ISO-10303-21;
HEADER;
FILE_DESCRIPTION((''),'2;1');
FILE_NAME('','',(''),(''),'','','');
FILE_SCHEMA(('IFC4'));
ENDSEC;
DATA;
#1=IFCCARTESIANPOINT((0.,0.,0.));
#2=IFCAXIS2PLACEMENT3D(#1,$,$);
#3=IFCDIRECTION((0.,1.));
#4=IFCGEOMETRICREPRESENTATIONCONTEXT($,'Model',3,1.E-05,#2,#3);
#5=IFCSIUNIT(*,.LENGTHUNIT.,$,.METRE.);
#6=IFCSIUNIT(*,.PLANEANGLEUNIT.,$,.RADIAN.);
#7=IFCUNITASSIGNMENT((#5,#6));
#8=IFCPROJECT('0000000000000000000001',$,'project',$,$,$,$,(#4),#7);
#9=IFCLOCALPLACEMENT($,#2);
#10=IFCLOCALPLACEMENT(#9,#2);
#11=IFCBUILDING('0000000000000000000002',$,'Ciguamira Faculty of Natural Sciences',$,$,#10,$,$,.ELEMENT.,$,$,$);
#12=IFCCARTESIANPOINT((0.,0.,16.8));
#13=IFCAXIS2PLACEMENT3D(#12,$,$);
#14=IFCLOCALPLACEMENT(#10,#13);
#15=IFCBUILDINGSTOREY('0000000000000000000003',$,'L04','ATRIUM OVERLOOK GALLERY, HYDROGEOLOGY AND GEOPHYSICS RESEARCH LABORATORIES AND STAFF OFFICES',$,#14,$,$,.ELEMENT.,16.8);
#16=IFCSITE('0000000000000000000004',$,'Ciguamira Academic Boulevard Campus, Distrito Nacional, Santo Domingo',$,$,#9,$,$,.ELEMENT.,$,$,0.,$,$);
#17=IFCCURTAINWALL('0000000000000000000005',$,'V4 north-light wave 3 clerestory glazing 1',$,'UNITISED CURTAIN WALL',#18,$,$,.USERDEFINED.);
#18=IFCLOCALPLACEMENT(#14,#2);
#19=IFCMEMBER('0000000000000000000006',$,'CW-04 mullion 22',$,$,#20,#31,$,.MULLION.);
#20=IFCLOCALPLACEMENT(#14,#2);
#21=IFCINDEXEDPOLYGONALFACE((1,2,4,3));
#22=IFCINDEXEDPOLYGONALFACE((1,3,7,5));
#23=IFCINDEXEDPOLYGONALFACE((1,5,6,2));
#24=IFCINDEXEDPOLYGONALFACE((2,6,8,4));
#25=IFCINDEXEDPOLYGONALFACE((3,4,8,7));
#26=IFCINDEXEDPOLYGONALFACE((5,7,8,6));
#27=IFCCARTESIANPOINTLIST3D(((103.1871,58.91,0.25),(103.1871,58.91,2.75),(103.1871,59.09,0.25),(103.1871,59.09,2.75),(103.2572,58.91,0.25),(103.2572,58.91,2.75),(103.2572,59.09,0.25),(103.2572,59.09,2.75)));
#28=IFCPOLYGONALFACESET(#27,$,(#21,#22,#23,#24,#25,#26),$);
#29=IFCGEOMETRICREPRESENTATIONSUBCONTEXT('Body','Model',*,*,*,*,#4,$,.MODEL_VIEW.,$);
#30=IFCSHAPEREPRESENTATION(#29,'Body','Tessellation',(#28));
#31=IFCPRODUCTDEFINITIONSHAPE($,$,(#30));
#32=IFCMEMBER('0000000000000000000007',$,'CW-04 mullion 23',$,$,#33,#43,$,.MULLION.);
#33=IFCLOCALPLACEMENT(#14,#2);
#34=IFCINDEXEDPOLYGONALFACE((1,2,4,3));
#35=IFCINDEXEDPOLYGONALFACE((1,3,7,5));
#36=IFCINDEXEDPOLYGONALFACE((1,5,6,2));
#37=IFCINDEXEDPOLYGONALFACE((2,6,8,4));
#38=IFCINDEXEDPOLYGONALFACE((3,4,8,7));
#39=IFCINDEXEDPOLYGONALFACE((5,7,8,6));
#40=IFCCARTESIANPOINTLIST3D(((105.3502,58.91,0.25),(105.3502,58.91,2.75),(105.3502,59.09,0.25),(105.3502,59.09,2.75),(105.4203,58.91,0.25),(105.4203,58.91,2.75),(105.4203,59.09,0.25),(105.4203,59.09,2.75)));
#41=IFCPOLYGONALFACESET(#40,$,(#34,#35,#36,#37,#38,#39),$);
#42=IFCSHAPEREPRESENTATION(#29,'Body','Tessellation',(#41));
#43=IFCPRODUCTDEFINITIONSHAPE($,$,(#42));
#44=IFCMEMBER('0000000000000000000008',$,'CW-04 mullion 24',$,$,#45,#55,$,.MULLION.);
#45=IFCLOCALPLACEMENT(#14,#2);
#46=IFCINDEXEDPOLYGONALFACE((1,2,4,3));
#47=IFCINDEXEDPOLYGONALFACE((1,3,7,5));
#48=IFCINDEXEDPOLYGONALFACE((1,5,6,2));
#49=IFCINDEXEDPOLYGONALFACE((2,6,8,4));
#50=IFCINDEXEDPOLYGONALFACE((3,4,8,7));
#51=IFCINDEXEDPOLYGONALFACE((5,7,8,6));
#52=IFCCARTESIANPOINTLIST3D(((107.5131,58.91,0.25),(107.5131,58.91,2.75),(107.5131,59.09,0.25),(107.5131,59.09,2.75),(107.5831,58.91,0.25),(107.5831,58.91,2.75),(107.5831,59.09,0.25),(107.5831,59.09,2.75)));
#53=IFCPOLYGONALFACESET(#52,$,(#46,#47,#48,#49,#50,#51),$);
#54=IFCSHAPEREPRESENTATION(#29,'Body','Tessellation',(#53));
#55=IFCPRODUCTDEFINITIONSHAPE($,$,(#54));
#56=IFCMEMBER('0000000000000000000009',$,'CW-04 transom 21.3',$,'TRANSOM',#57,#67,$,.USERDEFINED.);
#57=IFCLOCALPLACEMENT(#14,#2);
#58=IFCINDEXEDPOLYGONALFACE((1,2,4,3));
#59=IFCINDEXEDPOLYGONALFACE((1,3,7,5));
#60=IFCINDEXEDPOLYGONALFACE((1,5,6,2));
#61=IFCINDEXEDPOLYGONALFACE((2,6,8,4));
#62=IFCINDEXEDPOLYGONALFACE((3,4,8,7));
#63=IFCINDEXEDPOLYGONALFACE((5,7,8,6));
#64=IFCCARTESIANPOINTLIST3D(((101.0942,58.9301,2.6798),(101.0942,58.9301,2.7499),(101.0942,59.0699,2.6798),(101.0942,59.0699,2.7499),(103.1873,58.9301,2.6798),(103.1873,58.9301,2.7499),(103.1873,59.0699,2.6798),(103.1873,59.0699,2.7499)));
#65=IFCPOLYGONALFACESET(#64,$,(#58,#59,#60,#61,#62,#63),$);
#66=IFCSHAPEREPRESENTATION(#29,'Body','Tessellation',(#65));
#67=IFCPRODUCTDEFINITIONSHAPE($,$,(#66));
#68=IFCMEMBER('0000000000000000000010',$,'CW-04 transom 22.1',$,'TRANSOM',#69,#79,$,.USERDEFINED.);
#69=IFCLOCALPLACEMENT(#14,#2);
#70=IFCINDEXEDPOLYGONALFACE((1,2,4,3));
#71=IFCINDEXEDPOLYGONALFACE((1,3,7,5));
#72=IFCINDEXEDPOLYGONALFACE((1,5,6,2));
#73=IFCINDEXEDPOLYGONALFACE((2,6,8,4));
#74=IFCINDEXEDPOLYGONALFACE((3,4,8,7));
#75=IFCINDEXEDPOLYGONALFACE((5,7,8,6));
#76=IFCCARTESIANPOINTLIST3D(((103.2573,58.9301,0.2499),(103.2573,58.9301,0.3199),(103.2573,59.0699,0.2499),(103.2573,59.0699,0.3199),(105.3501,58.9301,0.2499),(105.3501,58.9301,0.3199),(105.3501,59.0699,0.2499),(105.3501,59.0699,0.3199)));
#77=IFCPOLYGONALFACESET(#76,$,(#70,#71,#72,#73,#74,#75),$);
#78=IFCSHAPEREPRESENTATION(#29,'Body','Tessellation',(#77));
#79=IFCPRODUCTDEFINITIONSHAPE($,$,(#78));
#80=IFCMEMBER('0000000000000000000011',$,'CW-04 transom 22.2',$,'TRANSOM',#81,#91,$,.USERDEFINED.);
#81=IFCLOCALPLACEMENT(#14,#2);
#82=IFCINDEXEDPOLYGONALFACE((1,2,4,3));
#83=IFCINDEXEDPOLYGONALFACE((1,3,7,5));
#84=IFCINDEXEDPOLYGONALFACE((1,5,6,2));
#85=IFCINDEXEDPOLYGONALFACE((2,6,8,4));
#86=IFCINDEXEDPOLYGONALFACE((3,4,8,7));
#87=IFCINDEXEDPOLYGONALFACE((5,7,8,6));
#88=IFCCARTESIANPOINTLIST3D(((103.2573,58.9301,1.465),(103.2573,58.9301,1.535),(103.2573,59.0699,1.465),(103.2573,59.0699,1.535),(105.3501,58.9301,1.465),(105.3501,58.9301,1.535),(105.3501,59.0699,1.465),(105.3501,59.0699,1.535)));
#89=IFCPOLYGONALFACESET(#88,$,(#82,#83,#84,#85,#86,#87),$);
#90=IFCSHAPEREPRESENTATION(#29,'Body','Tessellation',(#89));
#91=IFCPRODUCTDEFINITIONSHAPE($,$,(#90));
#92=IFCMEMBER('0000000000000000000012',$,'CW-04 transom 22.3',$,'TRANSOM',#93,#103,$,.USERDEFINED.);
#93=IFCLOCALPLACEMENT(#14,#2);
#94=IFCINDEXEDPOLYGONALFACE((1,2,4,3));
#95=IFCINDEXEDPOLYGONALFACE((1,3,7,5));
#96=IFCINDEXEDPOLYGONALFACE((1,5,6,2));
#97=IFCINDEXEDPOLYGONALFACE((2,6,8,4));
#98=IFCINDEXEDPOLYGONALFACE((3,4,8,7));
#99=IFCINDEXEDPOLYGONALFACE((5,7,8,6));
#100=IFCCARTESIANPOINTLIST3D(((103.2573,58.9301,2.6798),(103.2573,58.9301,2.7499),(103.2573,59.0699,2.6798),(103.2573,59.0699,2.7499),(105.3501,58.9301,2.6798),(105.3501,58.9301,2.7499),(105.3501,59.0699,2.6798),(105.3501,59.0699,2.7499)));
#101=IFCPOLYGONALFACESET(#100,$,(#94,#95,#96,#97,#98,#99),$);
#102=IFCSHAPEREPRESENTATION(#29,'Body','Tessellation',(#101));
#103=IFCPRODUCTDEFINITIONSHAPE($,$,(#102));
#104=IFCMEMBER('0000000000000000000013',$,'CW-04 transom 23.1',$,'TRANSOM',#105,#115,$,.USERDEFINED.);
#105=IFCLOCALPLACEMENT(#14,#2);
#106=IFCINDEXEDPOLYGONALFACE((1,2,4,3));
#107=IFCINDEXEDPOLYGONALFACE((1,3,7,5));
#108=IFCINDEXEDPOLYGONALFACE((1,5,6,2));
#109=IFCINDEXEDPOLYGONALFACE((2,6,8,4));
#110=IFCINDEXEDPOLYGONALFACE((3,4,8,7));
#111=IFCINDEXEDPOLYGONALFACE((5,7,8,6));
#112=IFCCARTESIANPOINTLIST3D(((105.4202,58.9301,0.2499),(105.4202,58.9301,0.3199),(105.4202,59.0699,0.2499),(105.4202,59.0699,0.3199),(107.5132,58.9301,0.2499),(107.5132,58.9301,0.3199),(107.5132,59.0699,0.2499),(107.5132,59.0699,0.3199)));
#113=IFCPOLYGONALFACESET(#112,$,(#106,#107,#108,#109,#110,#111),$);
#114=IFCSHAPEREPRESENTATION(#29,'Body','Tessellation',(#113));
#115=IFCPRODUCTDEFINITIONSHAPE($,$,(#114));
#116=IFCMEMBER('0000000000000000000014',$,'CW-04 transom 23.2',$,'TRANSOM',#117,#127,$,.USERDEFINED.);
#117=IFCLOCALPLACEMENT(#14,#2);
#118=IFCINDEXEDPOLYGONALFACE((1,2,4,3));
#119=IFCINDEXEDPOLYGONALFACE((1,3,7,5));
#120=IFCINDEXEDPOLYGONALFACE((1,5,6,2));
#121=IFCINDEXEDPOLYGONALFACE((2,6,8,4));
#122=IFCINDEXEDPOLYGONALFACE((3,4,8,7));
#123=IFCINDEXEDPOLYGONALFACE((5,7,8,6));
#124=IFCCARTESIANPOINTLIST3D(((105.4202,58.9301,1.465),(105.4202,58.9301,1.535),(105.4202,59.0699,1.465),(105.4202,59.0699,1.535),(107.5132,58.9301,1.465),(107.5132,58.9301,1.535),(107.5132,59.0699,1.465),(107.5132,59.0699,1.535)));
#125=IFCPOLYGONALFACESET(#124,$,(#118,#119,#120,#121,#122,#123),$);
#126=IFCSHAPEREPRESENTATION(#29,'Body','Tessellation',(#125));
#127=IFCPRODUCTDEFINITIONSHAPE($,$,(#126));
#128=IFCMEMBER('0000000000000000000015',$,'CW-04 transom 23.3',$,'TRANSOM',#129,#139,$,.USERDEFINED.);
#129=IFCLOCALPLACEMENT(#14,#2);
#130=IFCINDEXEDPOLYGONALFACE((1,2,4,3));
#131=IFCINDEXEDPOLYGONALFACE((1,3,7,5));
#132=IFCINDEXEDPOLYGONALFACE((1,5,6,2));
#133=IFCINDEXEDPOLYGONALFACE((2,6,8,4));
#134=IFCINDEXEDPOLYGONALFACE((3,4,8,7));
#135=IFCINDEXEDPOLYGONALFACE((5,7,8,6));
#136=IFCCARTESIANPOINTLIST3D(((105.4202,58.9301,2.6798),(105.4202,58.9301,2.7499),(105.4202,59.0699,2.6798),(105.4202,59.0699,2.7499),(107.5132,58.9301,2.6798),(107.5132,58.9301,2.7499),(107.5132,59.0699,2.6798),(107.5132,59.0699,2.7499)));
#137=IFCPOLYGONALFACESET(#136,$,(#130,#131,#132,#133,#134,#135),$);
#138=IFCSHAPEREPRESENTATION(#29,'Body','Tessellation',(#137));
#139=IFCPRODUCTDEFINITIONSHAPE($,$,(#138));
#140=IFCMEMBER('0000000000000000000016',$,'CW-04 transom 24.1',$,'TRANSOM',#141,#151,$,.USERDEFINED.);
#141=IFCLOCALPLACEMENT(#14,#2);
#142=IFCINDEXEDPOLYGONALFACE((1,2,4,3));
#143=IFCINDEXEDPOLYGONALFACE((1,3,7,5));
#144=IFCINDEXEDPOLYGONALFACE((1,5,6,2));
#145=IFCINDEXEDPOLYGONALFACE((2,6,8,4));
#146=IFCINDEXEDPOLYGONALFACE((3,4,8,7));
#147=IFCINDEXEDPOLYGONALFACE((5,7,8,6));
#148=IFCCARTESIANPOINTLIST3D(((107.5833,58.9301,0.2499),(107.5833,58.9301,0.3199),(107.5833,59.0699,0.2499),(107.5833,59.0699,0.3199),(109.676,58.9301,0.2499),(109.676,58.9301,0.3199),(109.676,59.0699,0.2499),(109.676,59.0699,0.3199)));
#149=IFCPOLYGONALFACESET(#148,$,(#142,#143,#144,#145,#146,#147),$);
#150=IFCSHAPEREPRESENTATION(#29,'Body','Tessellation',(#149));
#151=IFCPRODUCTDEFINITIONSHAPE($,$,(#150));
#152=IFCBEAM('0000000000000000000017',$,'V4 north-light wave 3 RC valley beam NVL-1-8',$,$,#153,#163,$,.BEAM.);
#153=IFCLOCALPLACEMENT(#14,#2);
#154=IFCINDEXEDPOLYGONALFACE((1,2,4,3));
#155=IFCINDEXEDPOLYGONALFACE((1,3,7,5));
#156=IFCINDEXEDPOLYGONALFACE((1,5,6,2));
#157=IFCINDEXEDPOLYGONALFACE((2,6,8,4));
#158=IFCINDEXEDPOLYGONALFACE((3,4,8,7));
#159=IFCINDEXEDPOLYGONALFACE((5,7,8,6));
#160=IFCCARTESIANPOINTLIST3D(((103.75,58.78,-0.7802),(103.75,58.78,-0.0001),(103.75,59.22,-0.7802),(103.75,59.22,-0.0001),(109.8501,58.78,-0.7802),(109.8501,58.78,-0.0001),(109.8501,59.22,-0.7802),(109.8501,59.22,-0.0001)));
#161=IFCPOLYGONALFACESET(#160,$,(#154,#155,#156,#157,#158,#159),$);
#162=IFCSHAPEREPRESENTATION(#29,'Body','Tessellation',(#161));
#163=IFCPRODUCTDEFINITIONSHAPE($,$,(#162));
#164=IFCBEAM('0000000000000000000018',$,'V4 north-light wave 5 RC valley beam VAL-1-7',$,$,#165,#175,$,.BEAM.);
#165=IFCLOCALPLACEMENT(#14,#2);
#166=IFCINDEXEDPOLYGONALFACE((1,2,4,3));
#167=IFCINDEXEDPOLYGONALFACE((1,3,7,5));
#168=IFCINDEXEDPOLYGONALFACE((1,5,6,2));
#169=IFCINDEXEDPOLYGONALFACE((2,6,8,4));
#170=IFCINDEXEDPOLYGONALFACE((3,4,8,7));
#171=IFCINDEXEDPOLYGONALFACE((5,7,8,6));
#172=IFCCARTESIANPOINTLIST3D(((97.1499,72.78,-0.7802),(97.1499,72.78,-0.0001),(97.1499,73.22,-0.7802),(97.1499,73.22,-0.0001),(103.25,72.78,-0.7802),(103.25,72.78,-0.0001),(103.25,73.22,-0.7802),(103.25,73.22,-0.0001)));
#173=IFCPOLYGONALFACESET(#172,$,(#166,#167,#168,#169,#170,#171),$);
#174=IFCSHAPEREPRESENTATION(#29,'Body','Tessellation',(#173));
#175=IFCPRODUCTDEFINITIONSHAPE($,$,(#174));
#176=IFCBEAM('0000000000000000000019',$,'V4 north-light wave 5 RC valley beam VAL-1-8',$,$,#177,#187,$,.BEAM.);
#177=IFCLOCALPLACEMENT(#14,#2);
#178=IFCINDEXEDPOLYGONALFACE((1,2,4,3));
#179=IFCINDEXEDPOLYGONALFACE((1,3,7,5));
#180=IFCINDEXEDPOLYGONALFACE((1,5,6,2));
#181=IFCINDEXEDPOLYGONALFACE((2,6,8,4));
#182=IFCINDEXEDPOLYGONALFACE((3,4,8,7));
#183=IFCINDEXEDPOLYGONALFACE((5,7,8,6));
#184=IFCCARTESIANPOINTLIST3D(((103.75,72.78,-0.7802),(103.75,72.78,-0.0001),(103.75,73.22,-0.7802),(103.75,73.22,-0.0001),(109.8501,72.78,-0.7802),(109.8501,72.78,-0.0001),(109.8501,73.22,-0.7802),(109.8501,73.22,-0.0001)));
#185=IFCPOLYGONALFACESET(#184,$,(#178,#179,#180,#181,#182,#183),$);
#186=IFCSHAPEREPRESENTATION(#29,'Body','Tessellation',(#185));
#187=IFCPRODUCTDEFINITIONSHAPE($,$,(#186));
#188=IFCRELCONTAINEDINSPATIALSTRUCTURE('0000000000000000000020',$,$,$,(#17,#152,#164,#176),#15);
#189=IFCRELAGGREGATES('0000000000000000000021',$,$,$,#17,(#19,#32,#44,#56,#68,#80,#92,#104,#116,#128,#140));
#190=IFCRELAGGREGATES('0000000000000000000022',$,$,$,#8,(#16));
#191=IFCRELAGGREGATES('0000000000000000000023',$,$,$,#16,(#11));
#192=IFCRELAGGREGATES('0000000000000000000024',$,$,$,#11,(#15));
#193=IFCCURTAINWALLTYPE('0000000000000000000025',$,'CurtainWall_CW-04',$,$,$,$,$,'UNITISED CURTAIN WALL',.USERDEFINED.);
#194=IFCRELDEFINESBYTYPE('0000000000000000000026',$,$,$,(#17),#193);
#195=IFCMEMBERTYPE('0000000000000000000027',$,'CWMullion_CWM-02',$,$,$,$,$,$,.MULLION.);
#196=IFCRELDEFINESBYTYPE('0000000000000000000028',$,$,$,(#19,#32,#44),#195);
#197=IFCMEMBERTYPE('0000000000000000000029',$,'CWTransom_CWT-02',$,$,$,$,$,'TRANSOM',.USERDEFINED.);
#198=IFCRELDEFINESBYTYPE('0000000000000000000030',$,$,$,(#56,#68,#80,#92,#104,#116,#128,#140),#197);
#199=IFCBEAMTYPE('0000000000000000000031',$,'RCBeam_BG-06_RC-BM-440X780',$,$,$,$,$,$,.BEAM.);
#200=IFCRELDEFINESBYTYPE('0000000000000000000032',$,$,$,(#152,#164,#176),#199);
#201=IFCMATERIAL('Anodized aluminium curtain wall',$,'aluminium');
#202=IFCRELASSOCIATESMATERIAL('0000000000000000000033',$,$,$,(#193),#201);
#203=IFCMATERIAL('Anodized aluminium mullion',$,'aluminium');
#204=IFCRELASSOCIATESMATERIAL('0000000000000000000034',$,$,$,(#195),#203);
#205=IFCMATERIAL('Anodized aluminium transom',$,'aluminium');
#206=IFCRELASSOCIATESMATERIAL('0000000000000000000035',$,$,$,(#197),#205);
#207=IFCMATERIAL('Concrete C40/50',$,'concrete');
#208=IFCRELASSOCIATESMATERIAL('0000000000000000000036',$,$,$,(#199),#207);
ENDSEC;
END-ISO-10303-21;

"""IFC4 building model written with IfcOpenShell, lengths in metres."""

from ifc_helpers import new_model, si_unit, direction, frame, origin, origin_2d, place, context, subcontext, project, spatial, rectangle, extrude, material, material_profile, profile_set, type_object, element, aggregate, save


model = new_model("IFC4")

# Units and contexts
model_context = context("Model", 3, precision=1e-05, world=origin(), true_north=direction((0.0, 1.0)))
body_context = subcontext(model_context, "Body", "Model", "MODEL_VIEW")
ifc_project = project(units=[si_unit("LENGTHUNIT", "METRE"), si_unit("PLANEANGLEUNIT", "RADIAN")], contexts=[model_context])

# Site, building, storey
site_placement = place(None, origin())
site = spatial("IfcSite", under=ifc_project, at=site_placement, Name="Ciguamira Academic Boulevard Campus, Distrito Nacional, Santo Domingo", CompositionType="ELEMENT", RefElevation=0.0)
building_placement = place(site_placement, origin())
building = spatial("IfcBuilding", under=site, at=building_placement, Name="Ciguamira Faculty of Natural Sciences", CompositionType="ELEMENT")
storey_placement = place(building_placement, frame((0.0, 0.0, 16.8)))
storey = spatial("IfcBuildingStorey", under=building, at=storey_placement, Name="L04", Description="ATRIUM OVERLOOK GALLERY, HYDROGEOLOGY AND GEOPHYSICS RESEARCH LABORATORIES AND STAFF OFFICES", CompositionType="ELEMENT", Elevation=16.8)

# Curtain wall, members
ifc_material_1 = material(Name="Anodized aluminium curtain wall", Category="aluminium")
curtain_wall_type = type_object("IfcCurtainWallType", Name="CurtainWall_CW-04", ElementType="UNITISED CURTAIN WALL", PredefinedType="USERDEFINED", material=ifc_material_1)
curtain_wall_placement = place(storey_placement, origin())
curtain_wall = element("IfcCurtainWall", 1, at=curtain_wall_placement, inside=storey, type_object=curtain_wall_type, Name="V4 north-light wave 3 clerestory glazing 1", ObjectType="UNITISED CURTAIN WALL", PredefinedType="USERDEFINED")
ifc_material_2 = material(Name="Anodized aluminium mullion", Category="aluminium")
ifc_material_profile_1 = material_profile(ifc_material_2, rectangle(XDim=0.0701, YDim=0.1799, at=origin_2d()), Name="ALU-MUL-70X180")
ifc_profile_set_1 = profile_set([ifc_material_profile_1], Name="Anodized aluminium mullion")
member_type_1 = type_object("IfcMemberType", Name="CWMullion_CWM-02", PredefinedType="MULLION", material=ifc_profile_set_1)
member_1_placement = place(storey_placement, frame((103.2222, 59.0, 0.25), z_axis=(0.0, 0.0, 1.0), x_axis=(1.0, 0.0, 0.0)))
member_1 = element("IfcMember", 2, at=member_1_placement, type_object=member_type_1, Name="CW-04 mullion 22", PredefinedType="MULLION", context=body_context, shape_type="SweptSolid", body=[
    extrude(rectangle(XDim=0.0701, YDim=0.1799, at=origin_2d()), origin(), (0.0, 0.0, 1.0), 2.5),
])
member_2_placement = place(storey_placement, frame((105.3853, 59.0, 0.25), z_axis=(0.0, 0.0, 1.0), x_axis=(1.0, 0.0, 0.0)))
member_2 = element("IfcMember", 3, at=member_2_placement, type_object=member_type_1, Name="CW-04 mullion 23", PredefinedType="MULLION", context=body_context, shape_type="SweptSolid", body=[
    extrude(rectangle(XDim=0.0701, YDim=0.1799, at=origin_2d()), origin(), (0.0, 0.0, 1.0), 2.5),
])
member_3_placement = place(storey_placement, frame((107.5481, 59.0, 0.25), z_axis=(0.0, 0.0, 1.0), x_axis=(1.0, 0.0, 0.0)))
member_3 = element("IfcMember", 4, at=member_3_placement, type_object=member_type_1, Name="CW-04 mullion 24", PredefinedType="MULLION", context=body_context, shape_type="SweptSolid", body=[
    extrude(rectangle(XDim=0.0701, YDim=0.1799, at=origin_2d()), origin(), (0.0, 0.0, 1.0), 2.5),
])
ifc_material_3 = material(Name="Anodized aluminium transom", Category="aluminium")
ifc_material_profile_2 = material_profile(ifc_material_3, rectangle(XDim=0.0701, YDim=0.1399, at=origin_2d()), Name="ALU-TRN-70X140")
ifc_profile_set_2 = profile_set([ifc_material_profile_2], Name="Anodized aluminium transom")
member_type_2 = type_object("IfcMemberType", Name="CWTransom_CWT-02", ElementType="TRANSOM", PredefinedType="USERDEFINED", material=ifc_profile_set_2)
member_4_placement = place(storey_placement, frame((101.0942, 59.0, 2.7148), z_axis=(1.0, 0.0, 0.0), x_axis=(0.0, 0.0, 1.0)))
member_4 = element("IfcMember", 5, at=member_4_placement, type_object=member_type_2, Name="CW-04 transom 21.3", ObjectType="TRANSOM", PredefinedType="USERDEFINED", context=body_context, shape_type="SweptSolid", body=[
    extrude(rectangle(XDim=0.0701, YDim=0.1399, at=origin_2d()), origin(), (0.0, 0.0, 1.0), 2.093),
])
member_5_placement = place(storey_placement, frame((103.2573, 59.0, 0.2849), z_axis=(1.0, 0.0, 0.0), x_axis=(0.0, 0.0, 1.0)))
member_5 = element("IfcMember", 6, at=member_5_placement, type_object=member_type_2, Name="CW-04 transom 22.1", ObjectType="TRANSOM", PredefinedType="USERDEFINED", context=body_context, shape_type="SweptSolid", body=[
    extrude(rectangle(XDim=0.0701, YDim=0.1399, at=origin_2d()), origin(), (0.0, 0.0, 1.0), 2.0928),
])
member_6_placement = place(storey_placement, frame((103.2573, 59.0, 1.5), z_axis=(1.0, 0.0, 0.0), x_axis=(0.0, 0.0, 1.0)))
member_6 = element("IfcMember", 7, at=member_6_placement, type_object=member_type_2, Name="CW-04 transom 22.2", ObjectType="TRANSOM", PredefinedType="USERDEFINED", context=body_context, shape_type="SweptSolid", body=[
    extrude(rectangle(XDim=0.0701, YDim=0.1399, at=origin_2d()), origin(), (0.0, 0.0, 1.0), 2.0928),
])
member_7_placement = place(storey_placement, frame((103.2573, 59.0, 2.7148), z_axis=(1.0, 0.0, 0.0), x_axis=(0.0, 0.0, 1.0)))
member_7 = element("IfcMember", 8, at=member_7_placement, type_object=member_type_2, Name="CW-04 transom 22.3", ObjectType="TRANSOM", PredefinedType="USERDEFINED", context=body_context, shape_type="SweptSolid", body=[
    extrude(rectangle(XDim=0.0701, YDim=0.1399, at=origin_2d()), origin(), (0.0, 0.0, 1.0), 2.0928),
])
member_8_placement = place(storey_placement, frame((105.4202, 59.0, 0.2849), z_axis=(1.0, 0.0, 0.0), x_axis=(0.0, 0.0, 1.0)))
member_8 = element("IfcMember", 9, at=member_8_placement, type_object=member_type_2, Name="CW-04 transom 23.1", ObjectType="TRANSOM", PredefinedType="USERDEFINED", context=body_context, shape_type="SweptSolid", body=[
    extrude(rectangle(XDim=0.0701, YDim=0.1399, at=origin_2d()), origin(), (0.0, 0.0, 1.0), 2.093),
])
member_9_placement = place(storey_placement, frame((105.4202, 59.0, 1.5), z_axis=(1.0, 0.0, 0.0), x_axis=(0.0, 0.0, 1.0)))
member_9 = element("IfcMember", 10, at=member_9_placement, type_object=member_type_2, Name="CW-04 transom 23.2", ObjectType="TRANSOM", PredefinedType="USERDEFINED", context=body_context, shape_type="SweptSolid", body=[
    extrude(rectangle(XDim=0.0701, YDim=0.1399, at=origin_2d()), origin(), (0.0, 0.0, 1.0), 2.093),
])
member_10_placement = place(storey_placement, frame((105.4202, 59.0, 2.7148), z_axis=(1.0, 0.0, 0.0), x_axis=(0.0, 0.0, 1.0)))
member_10 = element("IfcMember", 11, at=member_10_placement, type_object=member_type_2, Name="CW-04 transom 23.3", ObjectType="TRANSOM", PredefinedType="USERDEFINED", context=body_context, shape_type="SweptSolid", body=[
    extrude(rectangle(XDim=0.0701, YDim=0.1399, at=origin_2d()), origin(), (0.0, 0.0, 1.0), 2.093),
])
member_11_placement = place(storey_placement, frame((107.5833, 59.0, 0.2849), z_axis=(1.0, 0.0, 0.0), x_axis=(0.0, 0.0, 1.0)))
member_11 = element("IfcMember", 12, at=member_11_placement, type_object=member_type_2, Name="CW-04 transom 24.1", ObjectType="TRANSOM", PredefinedType="USERDEFINED", context=body_context, shape_type="SweptSolid", body=[
    extrude(rectangle(XDim=0.0701, YDim=0.1399, at=origin_2d()), origin(), (0.0, 0.0, 1.0), 2.0928),
])

# Beams
ifc_material_4 = material(Name="Concrete C40/50", Category="concrete")
ifc_material_profile_3 = material_profile(ifc_material_4, rectangle(XDim=0.4399, YDim=0.78, at=origin_2d()), Name="RC-BM-440X780")
ifc_profile_set_3 = profile_set([ifc_material_profile_3], Name="Concrete C40/50")
beam_type = type_object("IfcBeamType", Name="RCBeam_BG-06_RC-BM-440X780", PredefinedType="BEAM", material=ifc_profile_set_3)
for number, where, z_axis, x_axis, name in (
    (13, (103.75, 59.0, -0.3901), (1.0, 0.0, 0.0), (0.0, 1.0, 0.0), "V4 north-light wave 3 RC valley beam NVL-1-8"),
    (14, (97.1499, 73.0, -0.3901), (1.0, 0.0, 0.0), (0.0, 1.0, 0.0), "V4 north-light wave 5 RC valley beam VAL-1-7"),
    (15, (103.75, 73.0, -0.3901), (1.0, 0.0, 0.0), (0.0, 1.0, 0.0), "V4 north-light wave 5 RC valley beam VAL-1-8"),
):
    element("IfcBeam", number, at=place(storey_placement, frame(where, z_axis=z_axis, x_axis=x_axis)), inside=storey, type_object=beam_type, Name=name, PredefinedType="BEAM", context=body_context, shape_type="SweptSolid", body=[
        extrude(rectangle(XDim=0.4399, YDim=0.78, at=origin_2d()), origin(), (0.0, 0.0, 1.0), 6.1001),
    ])

aggregate(curtain_wall, [member_1, member_2, member_3, member_4, member_5, member_6, member_7, member_8, member_9, member_10, member_11])

save(model, "model.ifc")
